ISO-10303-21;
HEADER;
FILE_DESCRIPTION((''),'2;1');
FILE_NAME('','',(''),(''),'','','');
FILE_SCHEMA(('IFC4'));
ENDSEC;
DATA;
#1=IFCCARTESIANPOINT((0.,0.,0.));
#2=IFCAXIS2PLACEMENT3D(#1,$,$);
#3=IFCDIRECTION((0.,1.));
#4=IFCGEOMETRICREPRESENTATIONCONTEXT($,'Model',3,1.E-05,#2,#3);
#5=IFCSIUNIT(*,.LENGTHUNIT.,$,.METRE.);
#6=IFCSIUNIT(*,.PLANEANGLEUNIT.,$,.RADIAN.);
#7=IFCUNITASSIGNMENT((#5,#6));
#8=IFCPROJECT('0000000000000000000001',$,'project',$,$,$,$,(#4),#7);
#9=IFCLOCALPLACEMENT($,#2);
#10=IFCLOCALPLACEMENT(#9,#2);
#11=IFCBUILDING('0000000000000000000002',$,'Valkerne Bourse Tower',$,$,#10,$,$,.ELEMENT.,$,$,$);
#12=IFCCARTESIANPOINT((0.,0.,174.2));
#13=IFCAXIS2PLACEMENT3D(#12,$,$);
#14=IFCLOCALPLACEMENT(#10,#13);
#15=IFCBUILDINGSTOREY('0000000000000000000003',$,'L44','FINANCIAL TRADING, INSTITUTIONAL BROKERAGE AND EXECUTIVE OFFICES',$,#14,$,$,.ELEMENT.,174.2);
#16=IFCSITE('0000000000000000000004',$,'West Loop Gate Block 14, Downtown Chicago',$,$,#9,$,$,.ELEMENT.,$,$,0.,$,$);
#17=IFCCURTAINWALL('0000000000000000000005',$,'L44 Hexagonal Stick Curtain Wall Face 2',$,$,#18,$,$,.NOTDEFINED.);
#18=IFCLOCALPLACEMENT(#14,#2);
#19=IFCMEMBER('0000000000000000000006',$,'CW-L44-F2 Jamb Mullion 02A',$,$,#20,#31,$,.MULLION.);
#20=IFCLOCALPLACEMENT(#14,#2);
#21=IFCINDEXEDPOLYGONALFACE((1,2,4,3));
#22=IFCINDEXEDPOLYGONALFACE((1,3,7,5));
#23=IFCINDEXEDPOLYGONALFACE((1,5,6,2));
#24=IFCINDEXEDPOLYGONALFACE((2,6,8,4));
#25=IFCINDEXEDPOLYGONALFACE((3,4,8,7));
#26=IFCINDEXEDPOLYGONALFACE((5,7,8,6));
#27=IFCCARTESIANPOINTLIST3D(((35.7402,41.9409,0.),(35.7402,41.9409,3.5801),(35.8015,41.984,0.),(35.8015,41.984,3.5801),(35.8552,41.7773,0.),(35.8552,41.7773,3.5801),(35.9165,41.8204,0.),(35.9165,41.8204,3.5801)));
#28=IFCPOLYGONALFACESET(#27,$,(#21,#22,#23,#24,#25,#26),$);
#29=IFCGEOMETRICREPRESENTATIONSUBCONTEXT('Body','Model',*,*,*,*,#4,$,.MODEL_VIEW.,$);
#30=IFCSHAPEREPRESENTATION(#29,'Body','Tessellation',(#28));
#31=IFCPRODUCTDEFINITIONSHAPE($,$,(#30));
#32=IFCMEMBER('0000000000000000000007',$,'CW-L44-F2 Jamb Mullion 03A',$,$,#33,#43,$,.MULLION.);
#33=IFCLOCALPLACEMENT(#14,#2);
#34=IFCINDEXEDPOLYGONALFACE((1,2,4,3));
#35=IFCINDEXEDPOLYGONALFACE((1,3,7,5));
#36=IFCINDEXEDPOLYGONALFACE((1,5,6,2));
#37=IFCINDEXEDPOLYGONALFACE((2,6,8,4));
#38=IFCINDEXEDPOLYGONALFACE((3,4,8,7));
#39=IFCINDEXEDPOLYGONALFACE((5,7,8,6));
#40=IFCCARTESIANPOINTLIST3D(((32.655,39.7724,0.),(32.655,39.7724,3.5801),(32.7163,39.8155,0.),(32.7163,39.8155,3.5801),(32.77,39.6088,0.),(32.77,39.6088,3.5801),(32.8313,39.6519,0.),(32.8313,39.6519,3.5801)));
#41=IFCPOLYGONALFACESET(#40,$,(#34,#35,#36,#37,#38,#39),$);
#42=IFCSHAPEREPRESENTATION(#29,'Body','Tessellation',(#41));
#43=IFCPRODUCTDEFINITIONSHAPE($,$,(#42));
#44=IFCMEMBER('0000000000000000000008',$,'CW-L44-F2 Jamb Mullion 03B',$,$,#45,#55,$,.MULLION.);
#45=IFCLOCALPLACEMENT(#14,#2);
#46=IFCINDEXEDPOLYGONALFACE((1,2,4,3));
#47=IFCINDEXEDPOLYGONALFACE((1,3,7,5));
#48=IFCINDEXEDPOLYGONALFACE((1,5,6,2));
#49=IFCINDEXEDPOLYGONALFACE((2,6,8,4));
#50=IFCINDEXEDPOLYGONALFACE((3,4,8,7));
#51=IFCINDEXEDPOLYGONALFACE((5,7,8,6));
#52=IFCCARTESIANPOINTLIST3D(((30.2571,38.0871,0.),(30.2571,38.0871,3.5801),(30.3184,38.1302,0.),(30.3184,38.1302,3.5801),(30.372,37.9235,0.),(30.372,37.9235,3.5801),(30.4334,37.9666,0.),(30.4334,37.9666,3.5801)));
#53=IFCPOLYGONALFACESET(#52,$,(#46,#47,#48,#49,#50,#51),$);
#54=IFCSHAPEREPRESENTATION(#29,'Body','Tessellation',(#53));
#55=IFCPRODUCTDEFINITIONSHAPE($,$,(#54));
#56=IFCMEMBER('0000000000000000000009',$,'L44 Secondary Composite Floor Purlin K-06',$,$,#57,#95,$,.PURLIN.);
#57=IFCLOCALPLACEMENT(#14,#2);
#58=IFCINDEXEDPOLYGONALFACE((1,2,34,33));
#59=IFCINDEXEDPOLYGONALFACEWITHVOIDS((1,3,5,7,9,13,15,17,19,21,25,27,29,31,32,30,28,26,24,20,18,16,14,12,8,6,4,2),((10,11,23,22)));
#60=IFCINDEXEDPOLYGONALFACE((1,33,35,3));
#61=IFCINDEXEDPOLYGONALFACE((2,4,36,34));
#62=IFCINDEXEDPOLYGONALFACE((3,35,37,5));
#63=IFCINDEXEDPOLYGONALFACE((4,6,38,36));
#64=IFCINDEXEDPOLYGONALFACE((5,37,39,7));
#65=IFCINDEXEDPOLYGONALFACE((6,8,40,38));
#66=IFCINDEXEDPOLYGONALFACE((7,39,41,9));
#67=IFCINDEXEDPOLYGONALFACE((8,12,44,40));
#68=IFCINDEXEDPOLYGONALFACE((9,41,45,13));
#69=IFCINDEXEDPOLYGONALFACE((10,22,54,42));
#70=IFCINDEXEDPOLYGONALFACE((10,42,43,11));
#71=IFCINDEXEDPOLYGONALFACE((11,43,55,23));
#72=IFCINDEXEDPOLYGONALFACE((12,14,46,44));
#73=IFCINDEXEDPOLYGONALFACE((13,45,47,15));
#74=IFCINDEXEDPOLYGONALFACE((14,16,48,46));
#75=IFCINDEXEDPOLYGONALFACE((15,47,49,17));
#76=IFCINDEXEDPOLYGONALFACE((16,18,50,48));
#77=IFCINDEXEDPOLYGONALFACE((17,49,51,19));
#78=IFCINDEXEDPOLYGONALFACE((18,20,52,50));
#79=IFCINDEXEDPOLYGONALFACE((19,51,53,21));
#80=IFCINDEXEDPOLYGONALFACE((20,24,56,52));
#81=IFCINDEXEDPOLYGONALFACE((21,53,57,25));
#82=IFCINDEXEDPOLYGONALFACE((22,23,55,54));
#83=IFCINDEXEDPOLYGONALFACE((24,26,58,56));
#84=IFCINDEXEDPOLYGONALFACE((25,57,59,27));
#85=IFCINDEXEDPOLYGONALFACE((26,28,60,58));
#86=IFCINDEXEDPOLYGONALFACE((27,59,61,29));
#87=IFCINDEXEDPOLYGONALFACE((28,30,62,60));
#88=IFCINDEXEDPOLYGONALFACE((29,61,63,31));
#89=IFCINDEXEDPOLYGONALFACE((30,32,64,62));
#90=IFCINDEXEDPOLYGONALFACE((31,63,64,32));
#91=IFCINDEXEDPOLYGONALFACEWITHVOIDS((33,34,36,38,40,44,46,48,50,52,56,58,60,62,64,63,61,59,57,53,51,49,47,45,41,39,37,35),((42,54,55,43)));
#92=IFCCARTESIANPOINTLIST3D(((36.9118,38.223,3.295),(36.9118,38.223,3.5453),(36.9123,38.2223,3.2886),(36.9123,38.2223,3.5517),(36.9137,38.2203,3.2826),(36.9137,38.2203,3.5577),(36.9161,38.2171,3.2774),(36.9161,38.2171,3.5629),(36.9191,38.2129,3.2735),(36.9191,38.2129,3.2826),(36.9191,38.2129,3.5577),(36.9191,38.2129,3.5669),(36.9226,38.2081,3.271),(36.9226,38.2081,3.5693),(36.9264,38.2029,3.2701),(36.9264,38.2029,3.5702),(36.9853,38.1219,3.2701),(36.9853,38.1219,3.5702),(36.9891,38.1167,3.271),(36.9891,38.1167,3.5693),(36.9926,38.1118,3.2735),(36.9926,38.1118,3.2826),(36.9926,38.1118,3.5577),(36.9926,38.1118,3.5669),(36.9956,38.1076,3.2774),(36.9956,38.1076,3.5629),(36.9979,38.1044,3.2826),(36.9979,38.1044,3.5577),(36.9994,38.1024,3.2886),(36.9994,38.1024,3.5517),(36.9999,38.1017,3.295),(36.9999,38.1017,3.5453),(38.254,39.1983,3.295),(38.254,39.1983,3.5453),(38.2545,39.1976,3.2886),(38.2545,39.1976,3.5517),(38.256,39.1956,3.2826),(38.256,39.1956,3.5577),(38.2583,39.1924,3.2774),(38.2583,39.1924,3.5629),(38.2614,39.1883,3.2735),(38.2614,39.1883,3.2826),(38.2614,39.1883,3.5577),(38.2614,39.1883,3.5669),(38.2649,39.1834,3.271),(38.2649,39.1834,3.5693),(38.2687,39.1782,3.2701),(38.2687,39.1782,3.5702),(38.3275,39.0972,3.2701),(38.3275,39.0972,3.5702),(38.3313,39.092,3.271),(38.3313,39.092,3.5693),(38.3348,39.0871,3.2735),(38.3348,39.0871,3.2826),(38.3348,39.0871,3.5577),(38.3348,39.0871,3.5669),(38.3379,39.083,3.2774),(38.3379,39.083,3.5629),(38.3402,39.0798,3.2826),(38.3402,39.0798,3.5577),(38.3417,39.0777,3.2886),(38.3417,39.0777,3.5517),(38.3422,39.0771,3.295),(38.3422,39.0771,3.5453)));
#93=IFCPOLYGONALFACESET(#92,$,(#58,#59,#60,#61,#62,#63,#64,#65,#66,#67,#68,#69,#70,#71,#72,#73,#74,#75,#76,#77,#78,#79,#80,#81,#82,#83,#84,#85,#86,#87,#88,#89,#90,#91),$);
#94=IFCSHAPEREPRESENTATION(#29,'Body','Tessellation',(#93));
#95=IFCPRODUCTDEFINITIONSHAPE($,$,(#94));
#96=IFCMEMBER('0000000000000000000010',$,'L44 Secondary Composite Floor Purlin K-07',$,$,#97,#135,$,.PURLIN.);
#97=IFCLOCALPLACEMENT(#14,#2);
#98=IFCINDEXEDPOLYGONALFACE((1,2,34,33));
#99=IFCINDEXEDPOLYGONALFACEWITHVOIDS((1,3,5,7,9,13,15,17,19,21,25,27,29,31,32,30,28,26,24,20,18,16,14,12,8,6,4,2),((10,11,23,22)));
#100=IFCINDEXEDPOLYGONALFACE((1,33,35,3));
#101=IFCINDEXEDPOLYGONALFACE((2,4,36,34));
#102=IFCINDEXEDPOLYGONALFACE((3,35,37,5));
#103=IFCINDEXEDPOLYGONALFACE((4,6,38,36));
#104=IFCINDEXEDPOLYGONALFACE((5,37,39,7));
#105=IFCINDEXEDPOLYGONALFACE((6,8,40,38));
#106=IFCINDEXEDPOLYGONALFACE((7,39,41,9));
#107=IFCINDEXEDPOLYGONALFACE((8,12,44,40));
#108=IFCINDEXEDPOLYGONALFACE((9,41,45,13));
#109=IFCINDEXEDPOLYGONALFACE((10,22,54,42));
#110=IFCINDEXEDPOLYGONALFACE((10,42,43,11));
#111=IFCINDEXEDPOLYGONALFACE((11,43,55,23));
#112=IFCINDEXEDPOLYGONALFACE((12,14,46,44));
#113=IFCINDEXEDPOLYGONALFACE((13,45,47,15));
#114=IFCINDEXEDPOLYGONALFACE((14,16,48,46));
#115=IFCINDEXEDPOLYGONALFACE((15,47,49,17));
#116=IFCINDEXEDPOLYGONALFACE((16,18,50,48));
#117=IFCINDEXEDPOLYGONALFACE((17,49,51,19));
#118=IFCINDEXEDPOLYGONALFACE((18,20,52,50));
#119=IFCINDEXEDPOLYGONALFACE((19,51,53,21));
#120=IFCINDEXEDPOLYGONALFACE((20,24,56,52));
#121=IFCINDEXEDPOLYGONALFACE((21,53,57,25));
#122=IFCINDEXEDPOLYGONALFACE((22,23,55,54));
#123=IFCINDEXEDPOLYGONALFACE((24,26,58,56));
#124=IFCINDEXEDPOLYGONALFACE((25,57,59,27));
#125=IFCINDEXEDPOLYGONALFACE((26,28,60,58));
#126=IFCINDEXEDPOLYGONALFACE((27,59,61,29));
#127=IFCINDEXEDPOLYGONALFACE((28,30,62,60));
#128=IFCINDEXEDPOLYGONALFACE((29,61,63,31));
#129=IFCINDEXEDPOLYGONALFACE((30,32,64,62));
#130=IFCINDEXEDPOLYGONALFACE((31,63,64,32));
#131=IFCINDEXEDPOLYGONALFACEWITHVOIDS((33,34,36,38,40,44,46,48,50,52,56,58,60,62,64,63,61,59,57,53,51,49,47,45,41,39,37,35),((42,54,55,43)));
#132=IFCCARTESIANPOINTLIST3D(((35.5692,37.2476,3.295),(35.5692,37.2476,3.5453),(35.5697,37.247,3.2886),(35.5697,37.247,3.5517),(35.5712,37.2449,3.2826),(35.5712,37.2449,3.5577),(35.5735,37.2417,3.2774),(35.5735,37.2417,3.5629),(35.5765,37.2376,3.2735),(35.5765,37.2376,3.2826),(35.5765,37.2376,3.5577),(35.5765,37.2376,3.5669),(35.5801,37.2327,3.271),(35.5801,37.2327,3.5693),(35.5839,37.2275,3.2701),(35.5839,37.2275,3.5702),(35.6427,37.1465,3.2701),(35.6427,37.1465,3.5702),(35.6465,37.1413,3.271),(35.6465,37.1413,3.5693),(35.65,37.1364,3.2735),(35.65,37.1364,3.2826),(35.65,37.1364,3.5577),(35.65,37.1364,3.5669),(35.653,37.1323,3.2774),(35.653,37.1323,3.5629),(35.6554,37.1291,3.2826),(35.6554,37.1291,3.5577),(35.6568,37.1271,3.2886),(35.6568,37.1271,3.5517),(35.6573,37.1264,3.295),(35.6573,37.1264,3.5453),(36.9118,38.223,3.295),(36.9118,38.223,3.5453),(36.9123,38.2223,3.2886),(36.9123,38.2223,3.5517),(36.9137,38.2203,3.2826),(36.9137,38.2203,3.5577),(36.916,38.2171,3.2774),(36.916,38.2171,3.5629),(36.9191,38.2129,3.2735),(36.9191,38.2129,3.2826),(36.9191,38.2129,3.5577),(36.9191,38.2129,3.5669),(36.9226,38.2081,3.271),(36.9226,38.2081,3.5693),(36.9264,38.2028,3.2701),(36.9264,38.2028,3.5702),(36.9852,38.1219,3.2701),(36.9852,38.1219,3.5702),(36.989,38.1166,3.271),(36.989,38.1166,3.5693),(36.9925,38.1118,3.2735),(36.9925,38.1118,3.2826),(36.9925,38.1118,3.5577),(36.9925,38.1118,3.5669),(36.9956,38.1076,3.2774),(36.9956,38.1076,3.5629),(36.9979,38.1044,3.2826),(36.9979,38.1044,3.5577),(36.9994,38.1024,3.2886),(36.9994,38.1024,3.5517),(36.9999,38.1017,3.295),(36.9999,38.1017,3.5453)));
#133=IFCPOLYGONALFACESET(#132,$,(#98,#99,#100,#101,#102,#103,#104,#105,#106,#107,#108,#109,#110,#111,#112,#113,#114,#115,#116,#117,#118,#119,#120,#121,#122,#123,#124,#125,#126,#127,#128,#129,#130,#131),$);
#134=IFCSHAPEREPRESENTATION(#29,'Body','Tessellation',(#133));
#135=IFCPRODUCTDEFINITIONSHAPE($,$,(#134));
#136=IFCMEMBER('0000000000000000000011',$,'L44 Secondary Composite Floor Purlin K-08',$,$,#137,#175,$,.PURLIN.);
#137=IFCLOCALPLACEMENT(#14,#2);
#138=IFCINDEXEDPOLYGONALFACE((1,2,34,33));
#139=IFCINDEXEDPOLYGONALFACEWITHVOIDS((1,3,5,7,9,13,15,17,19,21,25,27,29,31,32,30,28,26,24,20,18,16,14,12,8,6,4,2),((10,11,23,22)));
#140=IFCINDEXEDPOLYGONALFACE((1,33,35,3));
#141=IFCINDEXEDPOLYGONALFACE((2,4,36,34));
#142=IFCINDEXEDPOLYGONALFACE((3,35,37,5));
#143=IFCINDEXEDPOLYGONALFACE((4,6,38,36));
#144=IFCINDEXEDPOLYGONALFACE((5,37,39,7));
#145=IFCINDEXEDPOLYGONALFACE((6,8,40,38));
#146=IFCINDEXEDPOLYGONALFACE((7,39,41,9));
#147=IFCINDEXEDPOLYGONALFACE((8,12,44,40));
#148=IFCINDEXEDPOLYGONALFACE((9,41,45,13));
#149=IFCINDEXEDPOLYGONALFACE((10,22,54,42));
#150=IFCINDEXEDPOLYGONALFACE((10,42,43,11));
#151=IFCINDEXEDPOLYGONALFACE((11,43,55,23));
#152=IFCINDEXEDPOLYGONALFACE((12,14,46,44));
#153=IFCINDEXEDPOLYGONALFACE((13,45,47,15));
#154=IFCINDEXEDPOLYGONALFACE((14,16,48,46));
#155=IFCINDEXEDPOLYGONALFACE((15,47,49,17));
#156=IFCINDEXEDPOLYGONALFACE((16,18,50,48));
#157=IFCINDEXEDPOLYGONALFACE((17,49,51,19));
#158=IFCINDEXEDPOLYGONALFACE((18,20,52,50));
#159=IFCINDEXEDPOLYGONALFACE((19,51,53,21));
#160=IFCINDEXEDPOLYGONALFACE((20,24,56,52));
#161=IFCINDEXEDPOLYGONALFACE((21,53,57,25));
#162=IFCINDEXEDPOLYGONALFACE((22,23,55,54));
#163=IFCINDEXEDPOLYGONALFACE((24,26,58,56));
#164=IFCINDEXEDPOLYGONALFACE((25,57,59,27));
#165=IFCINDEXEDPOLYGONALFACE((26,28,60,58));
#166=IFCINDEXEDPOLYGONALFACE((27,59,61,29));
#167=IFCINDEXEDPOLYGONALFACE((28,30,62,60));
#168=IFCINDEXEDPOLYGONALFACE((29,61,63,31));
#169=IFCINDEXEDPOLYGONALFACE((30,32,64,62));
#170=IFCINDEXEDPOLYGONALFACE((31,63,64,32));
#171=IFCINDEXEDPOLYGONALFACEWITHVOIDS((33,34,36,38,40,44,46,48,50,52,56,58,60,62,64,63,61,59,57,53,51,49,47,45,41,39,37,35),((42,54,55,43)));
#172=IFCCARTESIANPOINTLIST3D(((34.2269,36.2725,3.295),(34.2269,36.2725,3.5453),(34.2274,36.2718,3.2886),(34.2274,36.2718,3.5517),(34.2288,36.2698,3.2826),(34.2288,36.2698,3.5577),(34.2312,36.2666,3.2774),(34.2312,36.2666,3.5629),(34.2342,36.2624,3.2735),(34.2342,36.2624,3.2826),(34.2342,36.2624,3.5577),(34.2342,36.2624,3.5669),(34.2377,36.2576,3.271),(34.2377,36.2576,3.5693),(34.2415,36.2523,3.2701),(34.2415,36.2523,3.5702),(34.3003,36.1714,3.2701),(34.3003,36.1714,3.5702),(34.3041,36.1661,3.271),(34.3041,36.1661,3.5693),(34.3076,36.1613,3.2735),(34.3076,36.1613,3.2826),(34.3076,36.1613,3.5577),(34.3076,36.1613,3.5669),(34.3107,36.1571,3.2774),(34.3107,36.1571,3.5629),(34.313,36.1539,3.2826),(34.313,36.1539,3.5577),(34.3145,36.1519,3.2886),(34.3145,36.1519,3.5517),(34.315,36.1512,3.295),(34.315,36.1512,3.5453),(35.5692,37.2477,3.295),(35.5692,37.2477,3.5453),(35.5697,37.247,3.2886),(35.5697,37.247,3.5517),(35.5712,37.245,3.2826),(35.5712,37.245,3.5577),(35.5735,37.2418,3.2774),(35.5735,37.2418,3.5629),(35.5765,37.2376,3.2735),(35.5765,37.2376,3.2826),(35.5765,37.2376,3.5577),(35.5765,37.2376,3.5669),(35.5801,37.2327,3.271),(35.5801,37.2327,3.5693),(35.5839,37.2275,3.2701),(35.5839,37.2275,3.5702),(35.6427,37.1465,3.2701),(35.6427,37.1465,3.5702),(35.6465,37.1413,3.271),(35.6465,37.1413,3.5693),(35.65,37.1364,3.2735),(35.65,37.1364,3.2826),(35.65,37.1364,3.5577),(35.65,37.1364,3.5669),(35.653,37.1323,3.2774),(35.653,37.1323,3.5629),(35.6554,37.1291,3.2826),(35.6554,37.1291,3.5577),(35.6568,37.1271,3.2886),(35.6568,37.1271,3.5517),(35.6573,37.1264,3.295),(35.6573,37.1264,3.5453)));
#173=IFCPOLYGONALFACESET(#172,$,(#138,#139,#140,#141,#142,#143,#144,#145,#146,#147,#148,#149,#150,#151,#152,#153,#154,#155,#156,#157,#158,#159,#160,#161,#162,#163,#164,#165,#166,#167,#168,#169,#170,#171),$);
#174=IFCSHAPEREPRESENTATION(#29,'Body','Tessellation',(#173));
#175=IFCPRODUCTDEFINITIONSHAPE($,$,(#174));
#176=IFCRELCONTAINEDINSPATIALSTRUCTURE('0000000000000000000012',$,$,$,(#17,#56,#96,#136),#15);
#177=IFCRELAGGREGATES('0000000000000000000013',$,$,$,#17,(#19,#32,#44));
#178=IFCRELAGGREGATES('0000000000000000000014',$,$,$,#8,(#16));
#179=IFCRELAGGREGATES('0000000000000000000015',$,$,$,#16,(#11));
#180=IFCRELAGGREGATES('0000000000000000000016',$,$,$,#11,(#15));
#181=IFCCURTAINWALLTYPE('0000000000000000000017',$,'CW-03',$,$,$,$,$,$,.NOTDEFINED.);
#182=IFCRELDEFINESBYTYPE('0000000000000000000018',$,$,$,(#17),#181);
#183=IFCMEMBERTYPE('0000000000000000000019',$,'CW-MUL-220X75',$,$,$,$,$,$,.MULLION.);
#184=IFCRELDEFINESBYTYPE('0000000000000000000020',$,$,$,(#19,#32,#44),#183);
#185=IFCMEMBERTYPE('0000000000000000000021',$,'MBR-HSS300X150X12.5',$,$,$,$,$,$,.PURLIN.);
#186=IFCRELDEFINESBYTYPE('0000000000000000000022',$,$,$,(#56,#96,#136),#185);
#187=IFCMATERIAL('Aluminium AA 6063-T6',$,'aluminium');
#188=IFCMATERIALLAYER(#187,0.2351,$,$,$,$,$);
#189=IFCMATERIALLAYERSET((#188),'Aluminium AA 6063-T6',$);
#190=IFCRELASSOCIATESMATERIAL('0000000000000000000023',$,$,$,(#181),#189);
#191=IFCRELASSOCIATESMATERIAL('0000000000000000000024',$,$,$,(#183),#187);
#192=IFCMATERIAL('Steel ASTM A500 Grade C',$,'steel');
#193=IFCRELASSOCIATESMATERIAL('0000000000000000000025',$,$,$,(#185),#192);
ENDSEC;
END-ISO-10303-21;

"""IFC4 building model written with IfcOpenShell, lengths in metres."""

from ifc_helpers import new_model, si_unit, direction, frame, origin, origin_2d, place, context, subcontext, project, spatial, rectangle, hollow_rectangle, extrude, material, layer, layer_set, material_profile, profile_set, type_object, element, aggregate, save


model = new_model("IFC4")

# Units and contexts
model_context = context("Model", 3, precision=1e-05, world=origin(), true_north=direction((0.0, 1.0)))
body_context = subcontext(model_context, "Body", "Model", "MODEL_VIEW")
ifc_project = project(units=[si_unit("LENGTHUNIT", "METRE"), si_unit("PLANEANGLEUNIT", "RADIAN")], contexts=[model_context])

# Site, building, storey
site_placement = place(None, origin())
site = spatial("IfcSite", under=ifc_project, at=site_placement, Name="West Loop Gate Block 14, Downtown Chicago", CompositionType="ELEMENT", RefElevation=0.0)
building_placement = place(site_placement, origin())
building = spatial("IfcBuilding", under=site, at=building_placement, Name="Valkerne Bourse Tower", CompositionType="ELEMENT")
storey_placement = place(building_placement, frame((0.0, 0.0, 174.2)))
storey = spatial("IfcBuildingStorey", under=building, at=storey_placement, Name="L44", Description="FINANCIAL TRADING, INSTITUTIONAL BROKERAGE AND EXECUTIVE OFFICES", CompositionType="ELEMENT", Elevation=174.2)

# Curtain wall, members
ifc_material_1 = material(Name="Aluminium AA 6063-T6", Category="aluminium")
ifc_layer_1 = layer(ifc_material_1, 0.2351)
ifc_layer_set_1 = layer_set([ifc_layer_1], Name="Aluminium AA 6063-T6")
curtain_wall_type = type_object("IfcCurtainWallType", Name="CW-03", PredefinedType="NOTDEFINED", material=ifc_layer_set_1)
curtain_wall_placement = place(storey_placement, origin())
curtain_wall = element("IfcCurtainWall", 1, at=curtain_wall_placement, inside=storey, type_object=curtain_wall_type, Name="L44 Hexagonal Stick Curtain Wall Face 2", PredefinedType="NOTDEFINED")
ifc_material_profile_1 = material_profile(ifc_material_1, rectangle(XDim=0.075, YDim=0.2, at=origin_2d()), Name="CWM-75X200")
ifc_profile_set_1 = profile_set([ifc_material_profile_1], Name="Aluminium AA 6063-T6")
member_type_1 = type_object("IfcMemberType", Name="CW-MUL-220X75", PredefinedType="MULLION", material=ifc_profile_set_1)
member_1_placement = place(storey_placement, frame((35.8284, 41.8806, 0.0), z_axis=(0.0, 0.0, 1.0), x_axis=(-0.818139, -0.57502, 0.0)))
member_1 = element("IfcMember", 2, at=member_1_placement, type_object=member_type_1, Name="CW-L44-F2 Jamb Mullion 02A", PredefinedType="MULLION", context=body_context, shape_type="SweptSolid", body=[
    extrude(rectangle(XDim=0.075, YDim=0.2, at=origin_2d()), origin(), (0.0, 0.0, 1.0), 3.5801),
])
member_2_placement = place(storey_placement, frame((32.7432, 39.7122, 0.0), z_axis=(0.0, 0.0, 1.0), x_axis=(-0.818152, -0.575003, 0.0)))
member_2 = element("IfcMember", 3, at=member_2_placement, type_object=member_type_1, Name="CW-L44-F2 Jamb Mullion 03A", PredefinedType="MULLION", context=body_context, shape_type="SweptSolid", body=[
    extrude(rectangle(XDim=0.075, YDim=0.2, at=origin_2d()), origin(), (0.0, 0.0, 1.0), 3.5801),
])
member_3_placement = place(storey_placement, frame((30.3452, 38.0269, 0.0), z_axis=(0.0, 0.0, 1.0), x_axis=(-0.818152, -0.575003, 0.0)))
member_3 = element("IfcMember", 4, at=member_3_placement, type_object=member_type_1, Name="CW-L44-F2 Jamb Mullion 03B", PredefinedType="MULLION", context=body_context, shape_type="SweptSolid", body=[
    extrude(rectangle(XDim=0.075, YDim=0.2, at=origin_2d()), origin(), (0.0, 0.0, 1.0), 3.5801),
])

# Members
ifc_material_2 = material(Name="Steel ASTM A500 Grade C", Category="steel")
ifc_material_profile_2 = material_profile(ifc_material_2, hollow_rectangle(XDim=0.1499, YDim=0.3, WallThickness=0.0125, OuterFilletRadius=0.0249, at=origin_2d()), Name="HSS300X150X12.5")
ifc_profile_set_2 = profile_set([ifc_material_profile_2], Name="Steel ASTM A500 Grade C")
member_type_2 = type_object("IfcMemberType", Name="MBR-HSS300X150X12.5", PredefinedType="PURLIN", material=ifc_profile_set_2)
member_4_placement = place(storey_placement, frame((38.2981, 39.1377, 3.4202), z_axis=(-0.808984, -0.58783, 0.0), x_axis=(0.58783, -0.808984, 0.0)))
element("IfcMember", 5, at=member_4_placement, inside=storey, type_object=member_type_2, Name="L44 Secondary Composite Floor Purlin K-06", PredefinedType="PURLIN", context=body_context, shape_type="SweptSolid", body=[
    extrude(hollow_rectangle(XDim=0.1499, YDim=0.3, WallThickness=0.0125, OuterFilletRadius=0.0249, at=origin_2d()), origin(), (0.0, 0.0, 1.0), 1.6592),
])
member_5_placement = place(storey_placement, frame((36.9558, 38.1624, 3.4202), z_axis=(-0.809035, -0.58776, 0.0), x_axis=(0.58776, -0.809035, 0.0)))
element("IfcMember", 6, at=member_5_placement, inside=storey, type_object=member_type_2, Name="L44 Secondary Composite Floor Purlin K-07", PredefinedType="PURLIN", context=body_context, shape_type="SweptSolid", body=[
    extrude(hollow_rectangle(XDim=0.1499, YDim=0.3, WallThickness=0.0125, OuterFilletRadius=0.0249, at=origin_2d()), origin(), (0.0, 0.0, 1.0), 1.6594),
])
member_6_placement = place(storey_placement, frame((35.6133, 37.187, 3.4202), z_axis=(-0.809054, -0.587734, 0.0), x_axis=(0.587734, -0.809054, 0.0)))
element("IfcMember", 7, at=member_6_placement, inside=storey, type_object=member_type_2, Name="L44 Secondary Composite Floor Purlin K-08", PredefinedType="PURLIN", context=body_context, shape_type="SweptSolid", body=[
    extrude(hollow_rectangle(XDim=0.1499, YDim=0.3, WallThickness=0.0125, OuterFilletRadius=0.0249, at=origin_2d()), origin(), (0.0, 0.0, 1.0), 1.6592),
])

aggregate(curtain_wall, [member_1, member_2, member_3])

save(model, "model.ifc")
